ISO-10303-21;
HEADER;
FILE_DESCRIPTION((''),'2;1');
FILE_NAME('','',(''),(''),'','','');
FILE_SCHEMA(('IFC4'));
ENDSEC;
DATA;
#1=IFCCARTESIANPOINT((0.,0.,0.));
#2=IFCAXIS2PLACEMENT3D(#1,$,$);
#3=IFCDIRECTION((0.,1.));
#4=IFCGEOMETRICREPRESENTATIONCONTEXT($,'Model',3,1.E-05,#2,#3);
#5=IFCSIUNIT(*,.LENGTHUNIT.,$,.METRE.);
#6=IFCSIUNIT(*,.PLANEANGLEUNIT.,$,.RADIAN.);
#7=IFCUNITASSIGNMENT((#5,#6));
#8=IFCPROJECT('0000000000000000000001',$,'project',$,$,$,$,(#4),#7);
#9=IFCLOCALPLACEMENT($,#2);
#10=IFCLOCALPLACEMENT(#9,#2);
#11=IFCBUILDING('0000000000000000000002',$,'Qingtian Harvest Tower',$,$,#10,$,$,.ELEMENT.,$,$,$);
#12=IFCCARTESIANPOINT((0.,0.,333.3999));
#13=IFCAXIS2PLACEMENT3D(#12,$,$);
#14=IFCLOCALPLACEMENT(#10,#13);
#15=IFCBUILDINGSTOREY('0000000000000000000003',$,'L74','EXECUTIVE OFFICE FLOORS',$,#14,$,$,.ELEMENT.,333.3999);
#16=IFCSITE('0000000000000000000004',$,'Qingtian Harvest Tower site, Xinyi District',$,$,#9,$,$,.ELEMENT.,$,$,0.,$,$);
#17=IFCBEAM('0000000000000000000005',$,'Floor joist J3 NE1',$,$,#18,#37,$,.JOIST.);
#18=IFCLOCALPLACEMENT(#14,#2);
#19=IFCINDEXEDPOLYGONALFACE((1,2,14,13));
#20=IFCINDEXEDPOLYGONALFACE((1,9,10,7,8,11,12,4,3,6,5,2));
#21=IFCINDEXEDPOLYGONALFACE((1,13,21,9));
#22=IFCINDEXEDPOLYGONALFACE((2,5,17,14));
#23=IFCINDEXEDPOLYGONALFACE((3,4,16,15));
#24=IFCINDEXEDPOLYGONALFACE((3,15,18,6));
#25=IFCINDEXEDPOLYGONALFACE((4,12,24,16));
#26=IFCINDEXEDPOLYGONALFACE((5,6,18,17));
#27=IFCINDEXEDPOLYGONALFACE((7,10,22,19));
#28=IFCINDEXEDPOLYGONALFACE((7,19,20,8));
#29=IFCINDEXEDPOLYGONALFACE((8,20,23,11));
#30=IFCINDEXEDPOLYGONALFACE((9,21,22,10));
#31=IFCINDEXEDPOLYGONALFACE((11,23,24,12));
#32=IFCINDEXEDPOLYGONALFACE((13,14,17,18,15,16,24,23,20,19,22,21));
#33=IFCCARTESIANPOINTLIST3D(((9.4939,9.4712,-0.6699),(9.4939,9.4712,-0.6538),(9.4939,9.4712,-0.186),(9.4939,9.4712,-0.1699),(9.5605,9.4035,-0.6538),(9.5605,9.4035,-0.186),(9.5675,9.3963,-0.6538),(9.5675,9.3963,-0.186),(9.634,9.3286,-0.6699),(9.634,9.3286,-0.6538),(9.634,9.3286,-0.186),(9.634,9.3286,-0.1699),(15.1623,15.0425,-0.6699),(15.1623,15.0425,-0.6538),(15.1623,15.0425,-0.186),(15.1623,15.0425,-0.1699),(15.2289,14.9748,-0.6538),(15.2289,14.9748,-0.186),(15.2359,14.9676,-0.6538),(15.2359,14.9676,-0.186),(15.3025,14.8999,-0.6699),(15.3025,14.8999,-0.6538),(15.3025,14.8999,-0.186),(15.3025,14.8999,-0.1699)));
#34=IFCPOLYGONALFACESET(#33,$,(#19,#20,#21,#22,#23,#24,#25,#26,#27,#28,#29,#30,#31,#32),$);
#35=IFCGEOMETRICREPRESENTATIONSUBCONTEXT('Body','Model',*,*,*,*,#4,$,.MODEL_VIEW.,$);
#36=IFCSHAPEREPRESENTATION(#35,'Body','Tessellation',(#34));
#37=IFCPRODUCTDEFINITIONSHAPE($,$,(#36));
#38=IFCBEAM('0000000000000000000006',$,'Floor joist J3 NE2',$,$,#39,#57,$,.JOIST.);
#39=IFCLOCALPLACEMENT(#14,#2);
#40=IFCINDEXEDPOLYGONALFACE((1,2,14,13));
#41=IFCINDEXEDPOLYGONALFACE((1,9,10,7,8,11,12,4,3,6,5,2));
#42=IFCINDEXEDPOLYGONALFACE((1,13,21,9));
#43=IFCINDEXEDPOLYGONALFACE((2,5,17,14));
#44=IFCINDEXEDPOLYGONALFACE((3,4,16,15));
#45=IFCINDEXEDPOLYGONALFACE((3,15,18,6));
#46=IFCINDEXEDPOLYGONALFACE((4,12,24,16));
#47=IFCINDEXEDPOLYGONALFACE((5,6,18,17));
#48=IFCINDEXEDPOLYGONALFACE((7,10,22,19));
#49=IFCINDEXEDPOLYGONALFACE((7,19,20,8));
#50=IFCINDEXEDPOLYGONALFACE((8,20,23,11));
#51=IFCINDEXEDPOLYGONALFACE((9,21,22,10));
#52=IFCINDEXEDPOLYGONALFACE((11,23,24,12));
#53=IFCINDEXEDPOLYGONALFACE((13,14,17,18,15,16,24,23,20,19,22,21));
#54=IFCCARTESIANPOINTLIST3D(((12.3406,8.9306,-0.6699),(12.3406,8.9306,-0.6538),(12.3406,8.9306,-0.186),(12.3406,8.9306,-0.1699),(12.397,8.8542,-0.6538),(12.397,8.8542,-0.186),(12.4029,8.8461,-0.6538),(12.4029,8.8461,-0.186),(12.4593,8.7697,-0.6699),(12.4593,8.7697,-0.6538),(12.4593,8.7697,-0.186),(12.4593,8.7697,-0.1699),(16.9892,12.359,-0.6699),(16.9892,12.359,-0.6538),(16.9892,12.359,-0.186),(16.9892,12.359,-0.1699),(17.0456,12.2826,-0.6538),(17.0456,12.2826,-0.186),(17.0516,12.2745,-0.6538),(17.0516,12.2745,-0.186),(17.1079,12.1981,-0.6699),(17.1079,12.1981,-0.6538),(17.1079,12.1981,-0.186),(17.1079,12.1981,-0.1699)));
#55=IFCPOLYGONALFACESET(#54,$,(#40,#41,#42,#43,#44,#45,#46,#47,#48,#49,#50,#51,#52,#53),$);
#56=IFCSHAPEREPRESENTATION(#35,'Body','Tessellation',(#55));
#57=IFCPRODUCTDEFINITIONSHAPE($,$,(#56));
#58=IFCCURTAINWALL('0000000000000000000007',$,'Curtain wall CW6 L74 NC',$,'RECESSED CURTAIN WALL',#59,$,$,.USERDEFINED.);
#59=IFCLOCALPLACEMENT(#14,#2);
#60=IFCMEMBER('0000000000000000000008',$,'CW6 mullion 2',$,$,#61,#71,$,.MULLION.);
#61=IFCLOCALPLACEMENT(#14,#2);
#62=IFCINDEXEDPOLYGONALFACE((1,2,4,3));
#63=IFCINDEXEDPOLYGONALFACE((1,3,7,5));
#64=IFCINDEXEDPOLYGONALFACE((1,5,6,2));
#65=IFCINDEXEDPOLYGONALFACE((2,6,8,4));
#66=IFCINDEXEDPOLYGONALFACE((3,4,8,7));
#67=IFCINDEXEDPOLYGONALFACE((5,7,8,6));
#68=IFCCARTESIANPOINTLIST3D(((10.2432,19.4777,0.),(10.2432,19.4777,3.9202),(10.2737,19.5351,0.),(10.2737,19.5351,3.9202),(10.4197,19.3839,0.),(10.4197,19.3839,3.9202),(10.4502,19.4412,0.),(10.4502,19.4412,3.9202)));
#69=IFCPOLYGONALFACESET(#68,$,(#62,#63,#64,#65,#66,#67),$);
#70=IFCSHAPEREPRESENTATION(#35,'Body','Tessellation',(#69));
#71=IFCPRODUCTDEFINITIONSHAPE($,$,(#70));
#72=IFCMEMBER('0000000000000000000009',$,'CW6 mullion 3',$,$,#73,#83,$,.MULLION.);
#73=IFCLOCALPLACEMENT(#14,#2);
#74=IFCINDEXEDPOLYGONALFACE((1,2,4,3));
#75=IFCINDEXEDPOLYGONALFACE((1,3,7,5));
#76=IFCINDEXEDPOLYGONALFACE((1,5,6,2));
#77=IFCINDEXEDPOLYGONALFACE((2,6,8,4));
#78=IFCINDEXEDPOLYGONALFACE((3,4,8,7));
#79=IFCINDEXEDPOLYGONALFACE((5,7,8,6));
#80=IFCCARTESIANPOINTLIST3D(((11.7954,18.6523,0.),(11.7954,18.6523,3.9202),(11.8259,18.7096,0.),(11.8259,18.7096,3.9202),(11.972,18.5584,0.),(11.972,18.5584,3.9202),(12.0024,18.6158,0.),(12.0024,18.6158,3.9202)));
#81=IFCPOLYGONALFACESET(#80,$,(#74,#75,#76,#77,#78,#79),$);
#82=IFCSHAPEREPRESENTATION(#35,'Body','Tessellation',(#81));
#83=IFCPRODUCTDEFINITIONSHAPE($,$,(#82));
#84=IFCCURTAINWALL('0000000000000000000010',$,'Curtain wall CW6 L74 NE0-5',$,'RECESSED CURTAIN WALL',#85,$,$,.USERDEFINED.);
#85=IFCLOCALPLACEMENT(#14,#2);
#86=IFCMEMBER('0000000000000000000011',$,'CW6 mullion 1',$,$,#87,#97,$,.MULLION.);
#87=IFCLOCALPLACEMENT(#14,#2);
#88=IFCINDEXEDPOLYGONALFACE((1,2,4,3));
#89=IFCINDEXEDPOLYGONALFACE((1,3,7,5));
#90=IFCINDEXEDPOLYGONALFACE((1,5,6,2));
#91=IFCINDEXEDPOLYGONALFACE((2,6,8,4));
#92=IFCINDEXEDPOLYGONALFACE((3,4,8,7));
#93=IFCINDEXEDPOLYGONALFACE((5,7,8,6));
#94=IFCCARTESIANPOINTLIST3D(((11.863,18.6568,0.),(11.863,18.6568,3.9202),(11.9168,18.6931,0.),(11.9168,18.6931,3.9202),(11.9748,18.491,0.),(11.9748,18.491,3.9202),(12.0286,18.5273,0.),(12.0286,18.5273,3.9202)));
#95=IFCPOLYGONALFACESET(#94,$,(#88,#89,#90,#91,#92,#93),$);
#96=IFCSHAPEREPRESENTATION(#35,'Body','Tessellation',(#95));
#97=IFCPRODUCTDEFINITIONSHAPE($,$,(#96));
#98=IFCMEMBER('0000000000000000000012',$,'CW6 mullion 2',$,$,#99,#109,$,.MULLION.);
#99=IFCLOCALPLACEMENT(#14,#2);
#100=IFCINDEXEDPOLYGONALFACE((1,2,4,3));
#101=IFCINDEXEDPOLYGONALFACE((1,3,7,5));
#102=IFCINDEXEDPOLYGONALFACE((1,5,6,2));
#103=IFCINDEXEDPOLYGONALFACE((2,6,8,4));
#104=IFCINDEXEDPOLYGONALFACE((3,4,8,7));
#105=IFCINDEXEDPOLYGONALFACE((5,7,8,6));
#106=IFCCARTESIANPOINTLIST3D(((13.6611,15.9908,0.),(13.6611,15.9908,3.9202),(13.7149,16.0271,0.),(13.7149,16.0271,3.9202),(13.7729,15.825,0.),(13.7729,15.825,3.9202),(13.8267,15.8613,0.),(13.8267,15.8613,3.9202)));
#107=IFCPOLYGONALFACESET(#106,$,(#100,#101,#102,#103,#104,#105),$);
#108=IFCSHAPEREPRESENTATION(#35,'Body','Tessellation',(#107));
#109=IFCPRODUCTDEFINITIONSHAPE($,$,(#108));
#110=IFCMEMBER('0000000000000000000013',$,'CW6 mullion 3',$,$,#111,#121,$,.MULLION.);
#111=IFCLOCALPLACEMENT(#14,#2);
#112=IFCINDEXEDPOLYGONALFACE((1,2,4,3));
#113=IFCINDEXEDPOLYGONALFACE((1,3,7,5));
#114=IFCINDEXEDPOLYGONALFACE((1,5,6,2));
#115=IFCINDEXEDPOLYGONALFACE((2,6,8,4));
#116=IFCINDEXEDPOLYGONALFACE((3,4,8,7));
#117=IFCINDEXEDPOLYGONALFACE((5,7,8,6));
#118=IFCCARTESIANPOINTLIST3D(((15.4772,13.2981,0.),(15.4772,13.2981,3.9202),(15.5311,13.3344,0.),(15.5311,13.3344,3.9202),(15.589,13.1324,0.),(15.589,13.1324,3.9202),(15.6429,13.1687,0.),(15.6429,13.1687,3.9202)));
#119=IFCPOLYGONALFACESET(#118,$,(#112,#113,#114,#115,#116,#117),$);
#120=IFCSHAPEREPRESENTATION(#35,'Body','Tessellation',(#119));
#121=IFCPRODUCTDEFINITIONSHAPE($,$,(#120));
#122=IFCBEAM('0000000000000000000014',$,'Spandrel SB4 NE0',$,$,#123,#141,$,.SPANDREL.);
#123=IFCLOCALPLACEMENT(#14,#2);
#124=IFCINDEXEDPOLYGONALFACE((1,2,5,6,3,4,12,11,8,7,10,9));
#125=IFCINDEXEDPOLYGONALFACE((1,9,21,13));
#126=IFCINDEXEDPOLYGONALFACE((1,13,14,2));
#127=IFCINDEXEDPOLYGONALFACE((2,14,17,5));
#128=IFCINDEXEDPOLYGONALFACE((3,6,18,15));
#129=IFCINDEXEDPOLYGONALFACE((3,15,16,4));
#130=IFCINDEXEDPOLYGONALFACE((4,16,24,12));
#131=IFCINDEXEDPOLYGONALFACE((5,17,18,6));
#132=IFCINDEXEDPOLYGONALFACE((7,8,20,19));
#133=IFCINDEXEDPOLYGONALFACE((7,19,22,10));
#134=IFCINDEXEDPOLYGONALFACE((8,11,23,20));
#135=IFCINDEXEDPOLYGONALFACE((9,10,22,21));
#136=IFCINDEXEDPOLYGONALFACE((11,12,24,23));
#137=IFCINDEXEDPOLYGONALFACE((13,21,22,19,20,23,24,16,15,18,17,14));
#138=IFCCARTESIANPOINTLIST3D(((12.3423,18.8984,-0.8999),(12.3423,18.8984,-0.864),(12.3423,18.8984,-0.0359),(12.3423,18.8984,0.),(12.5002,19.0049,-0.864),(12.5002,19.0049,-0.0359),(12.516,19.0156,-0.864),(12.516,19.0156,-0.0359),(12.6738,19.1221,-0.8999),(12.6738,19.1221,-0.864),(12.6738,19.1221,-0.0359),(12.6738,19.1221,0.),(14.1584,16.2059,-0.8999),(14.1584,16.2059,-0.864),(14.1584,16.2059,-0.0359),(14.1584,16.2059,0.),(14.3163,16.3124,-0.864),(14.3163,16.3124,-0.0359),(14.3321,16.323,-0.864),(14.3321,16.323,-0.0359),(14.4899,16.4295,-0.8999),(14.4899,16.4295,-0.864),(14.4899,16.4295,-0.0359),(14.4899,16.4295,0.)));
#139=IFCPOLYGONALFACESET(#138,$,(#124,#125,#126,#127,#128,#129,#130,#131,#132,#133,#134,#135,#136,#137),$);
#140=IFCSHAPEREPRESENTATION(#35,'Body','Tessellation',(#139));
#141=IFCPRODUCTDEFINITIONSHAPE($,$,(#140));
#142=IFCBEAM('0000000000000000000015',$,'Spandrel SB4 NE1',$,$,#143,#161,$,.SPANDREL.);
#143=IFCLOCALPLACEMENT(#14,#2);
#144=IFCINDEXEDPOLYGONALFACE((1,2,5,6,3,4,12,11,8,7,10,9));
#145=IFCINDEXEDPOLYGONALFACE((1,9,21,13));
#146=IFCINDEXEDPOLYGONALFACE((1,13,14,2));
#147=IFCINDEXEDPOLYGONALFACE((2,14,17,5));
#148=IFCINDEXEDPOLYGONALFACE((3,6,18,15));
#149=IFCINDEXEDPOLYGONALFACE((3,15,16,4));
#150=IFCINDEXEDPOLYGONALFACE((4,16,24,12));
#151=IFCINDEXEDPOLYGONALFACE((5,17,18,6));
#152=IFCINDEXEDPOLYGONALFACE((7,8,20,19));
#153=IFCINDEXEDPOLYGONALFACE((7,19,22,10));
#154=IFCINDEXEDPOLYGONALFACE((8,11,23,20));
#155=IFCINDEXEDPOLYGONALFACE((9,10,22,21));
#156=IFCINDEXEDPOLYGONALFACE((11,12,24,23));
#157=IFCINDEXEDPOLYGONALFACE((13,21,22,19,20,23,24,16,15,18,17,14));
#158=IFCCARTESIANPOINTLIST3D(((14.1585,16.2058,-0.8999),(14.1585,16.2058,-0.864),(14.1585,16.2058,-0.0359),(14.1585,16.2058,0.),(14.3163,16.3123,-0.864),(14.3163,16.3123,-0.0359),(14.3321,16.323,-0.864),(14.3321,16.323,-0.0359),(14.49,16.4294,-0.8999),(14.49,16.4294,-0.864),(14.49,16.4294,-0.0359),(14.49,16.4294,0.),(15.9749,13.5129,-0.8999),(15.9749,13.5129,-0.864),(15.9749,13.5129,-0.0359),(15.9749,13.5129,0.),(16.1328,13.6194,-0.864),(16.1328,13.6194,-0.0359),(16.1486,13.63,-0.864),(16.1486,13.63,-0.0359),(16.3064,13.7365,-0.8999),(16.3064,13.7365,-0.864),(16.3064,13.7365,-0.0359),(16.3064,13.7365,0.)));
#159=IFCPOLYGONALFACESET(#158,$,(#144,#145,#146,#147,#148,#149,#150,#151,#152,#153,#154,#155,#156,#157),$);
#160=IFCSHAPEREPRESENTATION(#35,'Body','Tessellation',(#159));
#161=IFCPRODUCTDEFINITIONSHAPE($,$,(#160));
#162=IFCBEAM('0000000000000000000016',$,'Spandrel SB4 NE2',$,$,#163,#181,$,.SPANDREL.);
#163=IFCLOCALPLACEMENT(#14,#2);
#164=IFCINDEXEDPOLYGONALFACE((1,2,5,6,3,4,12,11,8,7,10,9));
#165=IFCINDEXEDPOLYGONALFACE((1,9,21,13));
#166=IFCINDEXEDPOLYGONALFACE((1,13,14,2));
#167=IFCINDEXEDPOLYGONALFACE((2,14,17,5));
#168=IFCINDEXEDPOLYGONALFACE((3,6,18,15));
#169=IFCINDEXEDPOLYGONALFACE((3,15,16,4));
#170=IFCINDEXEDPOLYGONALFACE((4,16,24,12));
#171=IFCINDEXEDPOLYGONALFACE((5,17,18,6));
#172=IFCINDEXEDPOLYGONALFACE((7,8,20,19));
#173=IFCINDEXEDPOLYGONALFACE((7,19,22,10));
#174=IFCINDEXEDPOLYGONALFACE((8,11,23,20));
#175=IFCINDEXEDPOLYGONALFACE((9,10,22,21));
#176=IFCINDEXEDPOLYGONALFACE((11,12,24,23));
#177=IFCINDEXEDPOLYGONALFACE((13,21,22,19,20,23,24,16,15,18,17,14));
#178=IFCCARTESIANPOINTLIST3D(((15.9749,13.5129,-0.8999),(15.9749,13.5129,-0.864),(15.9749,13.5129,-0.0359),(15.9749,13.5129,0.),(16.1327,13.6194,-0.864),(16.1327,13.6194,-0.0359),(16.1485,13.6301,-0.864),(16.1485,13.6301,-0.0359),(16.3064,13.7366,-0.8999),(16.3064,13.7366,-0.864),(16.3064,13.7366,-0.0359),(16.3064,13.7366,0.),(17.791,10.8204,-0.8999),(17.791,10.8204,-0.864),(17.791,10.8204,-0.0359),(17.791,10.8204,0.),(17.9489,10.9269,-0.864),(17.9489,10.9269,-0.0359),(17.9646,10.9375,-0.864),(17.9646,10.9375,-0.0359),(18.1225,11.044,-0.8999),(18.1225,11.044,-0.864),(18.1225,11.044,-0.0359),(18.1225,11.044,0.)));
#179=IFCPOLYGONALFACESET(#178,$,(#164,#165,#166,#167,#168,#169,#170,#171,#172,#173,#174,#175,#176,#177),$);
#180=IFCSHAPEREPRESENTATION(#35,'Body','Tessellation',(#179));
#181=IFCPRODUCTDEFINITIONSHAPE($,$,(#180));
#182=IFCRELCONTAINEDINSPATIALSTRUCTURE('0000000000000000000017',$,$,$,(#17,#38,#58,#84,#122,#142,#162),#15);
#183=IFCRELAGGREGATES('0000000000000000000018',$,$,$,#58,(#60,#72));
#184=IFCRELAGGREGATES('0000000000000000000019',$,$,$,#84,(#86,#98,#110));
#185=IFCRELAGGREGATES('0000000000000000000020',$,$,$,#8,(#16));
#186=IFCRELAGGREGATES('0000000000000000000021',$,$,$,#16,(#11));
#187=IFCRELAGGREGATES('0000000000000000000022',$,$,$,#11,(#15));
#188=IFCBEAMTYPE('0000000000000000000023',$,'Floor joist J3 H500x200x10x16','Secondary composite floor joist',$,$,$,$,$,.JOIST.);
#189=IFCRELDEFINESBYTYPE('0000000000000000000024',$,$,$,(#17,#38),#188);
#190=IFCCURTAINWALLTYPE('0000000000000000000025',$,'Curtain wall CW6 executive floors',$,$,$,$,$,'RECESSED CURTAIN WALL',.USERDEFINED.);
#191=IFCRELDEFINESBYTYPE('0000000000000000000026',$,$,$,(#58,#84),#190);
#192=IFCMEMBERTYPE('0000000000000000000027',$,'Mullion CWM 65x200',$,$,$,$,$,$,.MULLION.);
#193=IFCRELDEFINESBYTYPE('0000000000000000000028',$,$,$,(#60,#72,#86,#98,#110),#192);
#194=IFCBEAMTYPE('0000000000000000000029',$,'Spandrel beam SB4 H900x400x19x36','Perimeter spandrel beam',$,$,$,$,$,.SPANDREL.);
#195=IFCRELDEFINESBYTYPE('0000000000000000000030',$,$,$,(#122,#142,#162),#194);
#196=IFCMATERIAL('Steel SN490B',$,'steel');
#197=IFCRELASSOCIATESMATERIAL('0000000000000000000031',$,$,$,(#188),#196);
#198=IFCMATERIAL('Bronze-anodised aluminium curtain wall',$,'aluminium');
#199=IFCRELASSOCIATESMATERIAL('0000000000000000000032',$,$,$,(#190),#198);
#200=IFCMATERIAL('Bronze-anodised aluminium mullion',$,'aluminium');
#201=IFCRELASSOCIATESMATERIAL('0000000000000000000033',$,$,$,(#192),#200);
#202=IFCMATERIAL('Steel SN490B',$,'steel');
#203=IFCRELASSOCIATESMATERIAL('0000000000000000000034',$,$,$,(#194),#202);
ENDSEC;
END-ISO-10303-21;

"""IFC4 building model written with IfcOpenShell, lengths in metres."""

from ifc_helpers import new_model, si_unit, direction, frame, origin, origin_2d, place, context, subcontext, project, spatial, rectangle, i_section, extrude, material, material_profile, profile_set, type_object, element, aggregate, save


model = new_model("IFC4")

# Units and contexts
model_context = context("Model", 3, precision=1e-05, world=origin(), true_north=direction((0.0, 1.0)))
body_context = subcontext(model_context, "Body", "Model", "MODEL_VIEW")
ifc_project = project(units=[si_unit("LENGTHUNIT", "METRE"), si_unit("PLANEANGLEUNIT", "RADIAN")], contexts=[model_context])

# Site, building, storey
site_placement = place(None, origin())
site = spatial("IfcSite", under=ifc_project, at=site_placement, Name="Qingtian Harvest Tower site, Xinyi District", CompositionType="ELEMENT", RefElevation=0.0)
building_placement = place(site_placement, origin())
building = spatial("IfcBuilding", under=site, at=building_placement, Name="Qingtian Harvest Tower", CompositionType="ELEMENT")
storey_placement = place(building_placement, frame((0.0, 0.0, 333.3999)))
storey = spatial("IfcBuildingStorey", under=building, at=storey_placement, Name="L74", Description="EXECUTIVE OFFICE FLOORS", CompositionType="ELEMENT", Elevation=333.3999)

# Beams
ifc_material_1 = material(Name="Steel SN490B", Category="steel")
ifc_material_profile_1 = material_profile(ifc_material_1, i_section(OverallWidth=0.2, OverallDepth=0.5, WebThickness=0.01, FlangeThickness=0.0161, at=origin_2d()), Name="H500x200x10x16")
ifc_profile_set_1 = profile_set([ifc_material_profile_1], Name="Steel SN490B")
beam_type_1 = type_object("IfcBeamType", Name="Floor joist J3 H500x200x10x16", Description="Secondary composite floor joist", PredefinedType="JOIST", material=ifc_profile_set_1)
beam_1_placement = place(storey_placement, frame((15.2324, 14.9712, -0.4199), z_axis=(-0.713193, -0.700968, 0.0), x_axis=(0.700968, -0.713193, 0.0)))
element("IfcBeam", 1, at=beam_1_placement, inside=storey, type_object=beam_type_1, Name="Floor joist J3 NE1", PredefinedType="JOIST", context=body_context, shape_type="SweptSolid", body=[
    extrude(i_section(OverallWidth=0.2, OverallDepth=0.5, WebThickness=0.01, FlangeThickness=0.0161, at=origin_2d()), origin(), (0.0, 0.0, 1.0), 7.948),
])
beam_2_placement = place(storey_placement, frame((17.0486, 12.2786, -0.4199), z_axis=(-0.804798, -0.593549, 0.0), x_axis=(0.593549, -0.804798, 0.0)))
element("IfcBeam", 2, at=beam_2_placement, inside=storey, type_object=beam_type_1, Name="Floor joist J3 NE2", PredefinedType="JOIST", context=body_context, shape_type="SweptSolid", body=[
    extrude(i_section(OverallWidth=0.2, OverallDepth=0.5, WebThickness=0.01, FlangeThickness=0.0161, at=origin_2d()), origin(), (0.0, 0.0, 1.0), 5.7761),
])

# Curtain walls, members
ifc_material_2 = material(Name="Bronze-anodised aluminium curtain wall", Category="aluminium")
curtain_wall_type = type_object("IfcCurtainWallType", Name="Curtain wall CW6 executive floors", ElementType="RECESSED CURTAIN WALL", PredefinedType="USERDEFINED", material=ifc_material_2)
curtain_wall_1_placement = place(storey_placement, origin())
curtain_wall_1 = element("IfcCurtainWall", 3, at=curtain_wall_1_placement, inside=storey, type_object=curtain_wall_type, Name="Curtain wall CW6 L74 NC", ObjectType="RECESSED CURTAIN WALL", PredefinedType="USERDEFINED")
ifc_material_3 = material(Name="Bronze-anodised aluminium mullion", Category="aluminium")
ifc_material_profile_2 = material_profile(ifc_material_3, rectangle(XDim=0.0649, YDim=0.2, at=origin_2d()), Name="AL 65x200")
ifc_profile_set_2 = profile_set([ifc_material_profile_2], Name="Bronze-anodised aluminium mullion")
member_type_1 = type_object("IfcMemberType", Name="Mullion CWM 65x200", PredefinedType="MULLION", material=ifc_profile_set_2)
member_1_placement = place(storey_placement, frame((10.3467, 19.4595, 0.0), z_axis=(0.0, 0.0, 1.0), x_axis=(0.469472, 0.882948, 0.0)))
member_1 = element("IfcMember", 4, at=member_1_placement, type_object=member_type_1, Name="CW6 mullion 2", PredefinedType="MULLION", context=body_context, shape_type="SweptSolid", body=[
    extrude(rectangle(XDim=0.0649, YDim=0.2, at=origin_2d()), origin(), (0.0, 0.0, 1.0), 3.9202),
])
member_2_placement = place(storey_placement, frame((11.8989, 18.634, 0.0), z_axis=(0.0, 0.0, 1.0), x_axis=(0.469472, 0.882948, 0.0)))
member_2 = element("IfcMember", 5, at=member_2_placement, type_object=member_type_1, Name="CW6 mullion 3", PredefinedType="MULLION", context=body_context, shape_type="SweptSolid", body=[
    extrude(rectangle(XDim=0.0649, YDim=0.2, at=origin_2d()), origin(), (0.0, 0.0, 1.0), 3.9202),
])
curtain_wall_2_placement = place(storey_placement, origin())
curtain_wall_2 = element("IfcCurtainWall", 6, at=curtain_wall_2_placement, inside=storey, type_object=curtain_wall_type, Name="Curtain wall CW6 L74 NE0-5", ObjectType="RECESSED CURTAIN WALL", PredefinedType="USERDEFINED")
member_3_placement = place(storey_placement, frame((11.9458, 18.592, 0.0), z_axis=(0.0, 0.0, 1.0), x_axis=(0.829038, 0.559193, 0.0)))
member_3 = element("IfcMember", 7, at=member_3_placement, type_object=member_type_1, Name="CW6 mullion 1", PredefinedType="MULLION", context=body_context, shape_type="SweptSolid", body=[
    extrude(rectangle(XDim=0.0649, YDim=0.2, at=origin_2d()), origin(), (0.0, 0.0, 1.0), 3.9202),
])
member_4_placement = place(storey_placement, frame((13.7439, 15.926, 0.0), z_axis=(0.0, 0.0, 1.0), x_axis=(0.829038, 0.559193, 0.0)))
member_4 = element("IfcMember", 8, at=member_4_placement, type_object=member_type_1, Name="CW6 mullion 2", PredefinedType="MULLION", context=body_context, shape_type="SweptSolid", body=[
    extrude(rectangle(XDim=0.0649, YDim=0.2, at=origin_2d()), origin(), (0.0, 0.0, 1.0), 3.9202),
])
member_5_placement = place(storey_placement, frame((15.5601, 13.2334, 0.0), z_axis=(0.0, 0.0, 1.0), x_axis=(0.829038, 0.559193, 0.0)))
member_5 = element("IfcMember", 9, at=member_5_placement, type_object=member_type_1, Name="CW6 mullion 3", PredefinedType="MULLION", context=body_context, shape_type="SweptSolid", body=[
    extrude(rectangle(XDim=0.0649, YDim=0.2, at=origin_2d()), origin(), (0.0, 0.0, 1.0), 3.9202),
])

# Beams
ifc_material_4 = material(Name="Steel SN490B", Category="steel")
ifc_material_profile_3 = material_profile(ifc_material_4, i_section(OverallWidth=0.3999, OverallDepth=0.8999, WebThickness=0.019, FlangeThickness=0.0359, at=origin_2d()), Name="H900x400x19x36")
ifc_profile_set_3 = profile_set([ifc_material_profile_3], Name="Steel SN490B")
beam_type_2 = type_object("IfcBeamType", Name="Spandrel beam SB4 H900x400x19x36", Description="Perimeter spandrel beam", PredefinedType="SPANDREL", material=ifc_profile_set_3)
beam_3_placement = place(storey_placement, frame((12.5081, 19.0103, -0.45), z_axis=(0.559185, -0.829043, 0.0), x_axis=(0.829043, 0.559185, 0.0)))
element("IfcBeam", 10, at=beam_3_placement, inside=storey, type_object=beam_type_2, Name="Spandrel SB4 NE0", PredefinedType="SPANDREL", context=body_context, shape_type="SweptSolid", body=[
    extrude(i_section(OverallWidth=0.3999, OverallDepth=0.8999, WebThickness=0.019, FlangeThickness=0.0359, at=origin_2d()), origin(), (0.0, 0.0, 1.0), 3.2478),
])
beam_4_placement = place(storey_placement, frame((14.3242, 16.3176, -0.45), z_axis=(0.559202, -0.829032, 0.0), x_axis=(0.829032, 0.559202, 0.0)))
element("IfcBeam", 11, at=beam_4_placement, inside=storey, type_object=beam_type_2, Name="Spandrel SB4 NE1", PredefinedType="SPANDREL", context=body_context, shape_type="SweptSolid", body=[
    extrude(i_section(OverallWidth=0.3999, OverallDepth=0.8999, WebThickness=0.019, FlangeThickness=0.0359, at=origin_2d()), origin(), (0.0, 0.0, 1.0), 3.2483),
])
beam_5_placement = place(storey_placement, frame((16.1406, 13.6248, -0.45), z_axis=(0.559185, -0.829043, 0.0), x_axis=(0.829043, 0.559185, 0.0)))
element("IfcBeam", 12, at=beam_5_placement, inside=storey, type_object=beam_type_2, Name="Spandrel SB4 NE2", PredefinedType="SPANDREL", context=body_context, shape_type="SweptSolid", body=[
    extrude(i_section(OverallWidth=0.3999, OverallDepth=0.8999, WebThickness=0.019, FlangeThickness=0.0359, at=origin_2d()), origin(), (0.0, 0.0, 1.0), 3.2478),
])

aggregate(curtain_wall_1, [member_1, member_2])
aggregate(curtain_wall_2, [member_3, member_4, member_5])

save(model, "model.ifc")
